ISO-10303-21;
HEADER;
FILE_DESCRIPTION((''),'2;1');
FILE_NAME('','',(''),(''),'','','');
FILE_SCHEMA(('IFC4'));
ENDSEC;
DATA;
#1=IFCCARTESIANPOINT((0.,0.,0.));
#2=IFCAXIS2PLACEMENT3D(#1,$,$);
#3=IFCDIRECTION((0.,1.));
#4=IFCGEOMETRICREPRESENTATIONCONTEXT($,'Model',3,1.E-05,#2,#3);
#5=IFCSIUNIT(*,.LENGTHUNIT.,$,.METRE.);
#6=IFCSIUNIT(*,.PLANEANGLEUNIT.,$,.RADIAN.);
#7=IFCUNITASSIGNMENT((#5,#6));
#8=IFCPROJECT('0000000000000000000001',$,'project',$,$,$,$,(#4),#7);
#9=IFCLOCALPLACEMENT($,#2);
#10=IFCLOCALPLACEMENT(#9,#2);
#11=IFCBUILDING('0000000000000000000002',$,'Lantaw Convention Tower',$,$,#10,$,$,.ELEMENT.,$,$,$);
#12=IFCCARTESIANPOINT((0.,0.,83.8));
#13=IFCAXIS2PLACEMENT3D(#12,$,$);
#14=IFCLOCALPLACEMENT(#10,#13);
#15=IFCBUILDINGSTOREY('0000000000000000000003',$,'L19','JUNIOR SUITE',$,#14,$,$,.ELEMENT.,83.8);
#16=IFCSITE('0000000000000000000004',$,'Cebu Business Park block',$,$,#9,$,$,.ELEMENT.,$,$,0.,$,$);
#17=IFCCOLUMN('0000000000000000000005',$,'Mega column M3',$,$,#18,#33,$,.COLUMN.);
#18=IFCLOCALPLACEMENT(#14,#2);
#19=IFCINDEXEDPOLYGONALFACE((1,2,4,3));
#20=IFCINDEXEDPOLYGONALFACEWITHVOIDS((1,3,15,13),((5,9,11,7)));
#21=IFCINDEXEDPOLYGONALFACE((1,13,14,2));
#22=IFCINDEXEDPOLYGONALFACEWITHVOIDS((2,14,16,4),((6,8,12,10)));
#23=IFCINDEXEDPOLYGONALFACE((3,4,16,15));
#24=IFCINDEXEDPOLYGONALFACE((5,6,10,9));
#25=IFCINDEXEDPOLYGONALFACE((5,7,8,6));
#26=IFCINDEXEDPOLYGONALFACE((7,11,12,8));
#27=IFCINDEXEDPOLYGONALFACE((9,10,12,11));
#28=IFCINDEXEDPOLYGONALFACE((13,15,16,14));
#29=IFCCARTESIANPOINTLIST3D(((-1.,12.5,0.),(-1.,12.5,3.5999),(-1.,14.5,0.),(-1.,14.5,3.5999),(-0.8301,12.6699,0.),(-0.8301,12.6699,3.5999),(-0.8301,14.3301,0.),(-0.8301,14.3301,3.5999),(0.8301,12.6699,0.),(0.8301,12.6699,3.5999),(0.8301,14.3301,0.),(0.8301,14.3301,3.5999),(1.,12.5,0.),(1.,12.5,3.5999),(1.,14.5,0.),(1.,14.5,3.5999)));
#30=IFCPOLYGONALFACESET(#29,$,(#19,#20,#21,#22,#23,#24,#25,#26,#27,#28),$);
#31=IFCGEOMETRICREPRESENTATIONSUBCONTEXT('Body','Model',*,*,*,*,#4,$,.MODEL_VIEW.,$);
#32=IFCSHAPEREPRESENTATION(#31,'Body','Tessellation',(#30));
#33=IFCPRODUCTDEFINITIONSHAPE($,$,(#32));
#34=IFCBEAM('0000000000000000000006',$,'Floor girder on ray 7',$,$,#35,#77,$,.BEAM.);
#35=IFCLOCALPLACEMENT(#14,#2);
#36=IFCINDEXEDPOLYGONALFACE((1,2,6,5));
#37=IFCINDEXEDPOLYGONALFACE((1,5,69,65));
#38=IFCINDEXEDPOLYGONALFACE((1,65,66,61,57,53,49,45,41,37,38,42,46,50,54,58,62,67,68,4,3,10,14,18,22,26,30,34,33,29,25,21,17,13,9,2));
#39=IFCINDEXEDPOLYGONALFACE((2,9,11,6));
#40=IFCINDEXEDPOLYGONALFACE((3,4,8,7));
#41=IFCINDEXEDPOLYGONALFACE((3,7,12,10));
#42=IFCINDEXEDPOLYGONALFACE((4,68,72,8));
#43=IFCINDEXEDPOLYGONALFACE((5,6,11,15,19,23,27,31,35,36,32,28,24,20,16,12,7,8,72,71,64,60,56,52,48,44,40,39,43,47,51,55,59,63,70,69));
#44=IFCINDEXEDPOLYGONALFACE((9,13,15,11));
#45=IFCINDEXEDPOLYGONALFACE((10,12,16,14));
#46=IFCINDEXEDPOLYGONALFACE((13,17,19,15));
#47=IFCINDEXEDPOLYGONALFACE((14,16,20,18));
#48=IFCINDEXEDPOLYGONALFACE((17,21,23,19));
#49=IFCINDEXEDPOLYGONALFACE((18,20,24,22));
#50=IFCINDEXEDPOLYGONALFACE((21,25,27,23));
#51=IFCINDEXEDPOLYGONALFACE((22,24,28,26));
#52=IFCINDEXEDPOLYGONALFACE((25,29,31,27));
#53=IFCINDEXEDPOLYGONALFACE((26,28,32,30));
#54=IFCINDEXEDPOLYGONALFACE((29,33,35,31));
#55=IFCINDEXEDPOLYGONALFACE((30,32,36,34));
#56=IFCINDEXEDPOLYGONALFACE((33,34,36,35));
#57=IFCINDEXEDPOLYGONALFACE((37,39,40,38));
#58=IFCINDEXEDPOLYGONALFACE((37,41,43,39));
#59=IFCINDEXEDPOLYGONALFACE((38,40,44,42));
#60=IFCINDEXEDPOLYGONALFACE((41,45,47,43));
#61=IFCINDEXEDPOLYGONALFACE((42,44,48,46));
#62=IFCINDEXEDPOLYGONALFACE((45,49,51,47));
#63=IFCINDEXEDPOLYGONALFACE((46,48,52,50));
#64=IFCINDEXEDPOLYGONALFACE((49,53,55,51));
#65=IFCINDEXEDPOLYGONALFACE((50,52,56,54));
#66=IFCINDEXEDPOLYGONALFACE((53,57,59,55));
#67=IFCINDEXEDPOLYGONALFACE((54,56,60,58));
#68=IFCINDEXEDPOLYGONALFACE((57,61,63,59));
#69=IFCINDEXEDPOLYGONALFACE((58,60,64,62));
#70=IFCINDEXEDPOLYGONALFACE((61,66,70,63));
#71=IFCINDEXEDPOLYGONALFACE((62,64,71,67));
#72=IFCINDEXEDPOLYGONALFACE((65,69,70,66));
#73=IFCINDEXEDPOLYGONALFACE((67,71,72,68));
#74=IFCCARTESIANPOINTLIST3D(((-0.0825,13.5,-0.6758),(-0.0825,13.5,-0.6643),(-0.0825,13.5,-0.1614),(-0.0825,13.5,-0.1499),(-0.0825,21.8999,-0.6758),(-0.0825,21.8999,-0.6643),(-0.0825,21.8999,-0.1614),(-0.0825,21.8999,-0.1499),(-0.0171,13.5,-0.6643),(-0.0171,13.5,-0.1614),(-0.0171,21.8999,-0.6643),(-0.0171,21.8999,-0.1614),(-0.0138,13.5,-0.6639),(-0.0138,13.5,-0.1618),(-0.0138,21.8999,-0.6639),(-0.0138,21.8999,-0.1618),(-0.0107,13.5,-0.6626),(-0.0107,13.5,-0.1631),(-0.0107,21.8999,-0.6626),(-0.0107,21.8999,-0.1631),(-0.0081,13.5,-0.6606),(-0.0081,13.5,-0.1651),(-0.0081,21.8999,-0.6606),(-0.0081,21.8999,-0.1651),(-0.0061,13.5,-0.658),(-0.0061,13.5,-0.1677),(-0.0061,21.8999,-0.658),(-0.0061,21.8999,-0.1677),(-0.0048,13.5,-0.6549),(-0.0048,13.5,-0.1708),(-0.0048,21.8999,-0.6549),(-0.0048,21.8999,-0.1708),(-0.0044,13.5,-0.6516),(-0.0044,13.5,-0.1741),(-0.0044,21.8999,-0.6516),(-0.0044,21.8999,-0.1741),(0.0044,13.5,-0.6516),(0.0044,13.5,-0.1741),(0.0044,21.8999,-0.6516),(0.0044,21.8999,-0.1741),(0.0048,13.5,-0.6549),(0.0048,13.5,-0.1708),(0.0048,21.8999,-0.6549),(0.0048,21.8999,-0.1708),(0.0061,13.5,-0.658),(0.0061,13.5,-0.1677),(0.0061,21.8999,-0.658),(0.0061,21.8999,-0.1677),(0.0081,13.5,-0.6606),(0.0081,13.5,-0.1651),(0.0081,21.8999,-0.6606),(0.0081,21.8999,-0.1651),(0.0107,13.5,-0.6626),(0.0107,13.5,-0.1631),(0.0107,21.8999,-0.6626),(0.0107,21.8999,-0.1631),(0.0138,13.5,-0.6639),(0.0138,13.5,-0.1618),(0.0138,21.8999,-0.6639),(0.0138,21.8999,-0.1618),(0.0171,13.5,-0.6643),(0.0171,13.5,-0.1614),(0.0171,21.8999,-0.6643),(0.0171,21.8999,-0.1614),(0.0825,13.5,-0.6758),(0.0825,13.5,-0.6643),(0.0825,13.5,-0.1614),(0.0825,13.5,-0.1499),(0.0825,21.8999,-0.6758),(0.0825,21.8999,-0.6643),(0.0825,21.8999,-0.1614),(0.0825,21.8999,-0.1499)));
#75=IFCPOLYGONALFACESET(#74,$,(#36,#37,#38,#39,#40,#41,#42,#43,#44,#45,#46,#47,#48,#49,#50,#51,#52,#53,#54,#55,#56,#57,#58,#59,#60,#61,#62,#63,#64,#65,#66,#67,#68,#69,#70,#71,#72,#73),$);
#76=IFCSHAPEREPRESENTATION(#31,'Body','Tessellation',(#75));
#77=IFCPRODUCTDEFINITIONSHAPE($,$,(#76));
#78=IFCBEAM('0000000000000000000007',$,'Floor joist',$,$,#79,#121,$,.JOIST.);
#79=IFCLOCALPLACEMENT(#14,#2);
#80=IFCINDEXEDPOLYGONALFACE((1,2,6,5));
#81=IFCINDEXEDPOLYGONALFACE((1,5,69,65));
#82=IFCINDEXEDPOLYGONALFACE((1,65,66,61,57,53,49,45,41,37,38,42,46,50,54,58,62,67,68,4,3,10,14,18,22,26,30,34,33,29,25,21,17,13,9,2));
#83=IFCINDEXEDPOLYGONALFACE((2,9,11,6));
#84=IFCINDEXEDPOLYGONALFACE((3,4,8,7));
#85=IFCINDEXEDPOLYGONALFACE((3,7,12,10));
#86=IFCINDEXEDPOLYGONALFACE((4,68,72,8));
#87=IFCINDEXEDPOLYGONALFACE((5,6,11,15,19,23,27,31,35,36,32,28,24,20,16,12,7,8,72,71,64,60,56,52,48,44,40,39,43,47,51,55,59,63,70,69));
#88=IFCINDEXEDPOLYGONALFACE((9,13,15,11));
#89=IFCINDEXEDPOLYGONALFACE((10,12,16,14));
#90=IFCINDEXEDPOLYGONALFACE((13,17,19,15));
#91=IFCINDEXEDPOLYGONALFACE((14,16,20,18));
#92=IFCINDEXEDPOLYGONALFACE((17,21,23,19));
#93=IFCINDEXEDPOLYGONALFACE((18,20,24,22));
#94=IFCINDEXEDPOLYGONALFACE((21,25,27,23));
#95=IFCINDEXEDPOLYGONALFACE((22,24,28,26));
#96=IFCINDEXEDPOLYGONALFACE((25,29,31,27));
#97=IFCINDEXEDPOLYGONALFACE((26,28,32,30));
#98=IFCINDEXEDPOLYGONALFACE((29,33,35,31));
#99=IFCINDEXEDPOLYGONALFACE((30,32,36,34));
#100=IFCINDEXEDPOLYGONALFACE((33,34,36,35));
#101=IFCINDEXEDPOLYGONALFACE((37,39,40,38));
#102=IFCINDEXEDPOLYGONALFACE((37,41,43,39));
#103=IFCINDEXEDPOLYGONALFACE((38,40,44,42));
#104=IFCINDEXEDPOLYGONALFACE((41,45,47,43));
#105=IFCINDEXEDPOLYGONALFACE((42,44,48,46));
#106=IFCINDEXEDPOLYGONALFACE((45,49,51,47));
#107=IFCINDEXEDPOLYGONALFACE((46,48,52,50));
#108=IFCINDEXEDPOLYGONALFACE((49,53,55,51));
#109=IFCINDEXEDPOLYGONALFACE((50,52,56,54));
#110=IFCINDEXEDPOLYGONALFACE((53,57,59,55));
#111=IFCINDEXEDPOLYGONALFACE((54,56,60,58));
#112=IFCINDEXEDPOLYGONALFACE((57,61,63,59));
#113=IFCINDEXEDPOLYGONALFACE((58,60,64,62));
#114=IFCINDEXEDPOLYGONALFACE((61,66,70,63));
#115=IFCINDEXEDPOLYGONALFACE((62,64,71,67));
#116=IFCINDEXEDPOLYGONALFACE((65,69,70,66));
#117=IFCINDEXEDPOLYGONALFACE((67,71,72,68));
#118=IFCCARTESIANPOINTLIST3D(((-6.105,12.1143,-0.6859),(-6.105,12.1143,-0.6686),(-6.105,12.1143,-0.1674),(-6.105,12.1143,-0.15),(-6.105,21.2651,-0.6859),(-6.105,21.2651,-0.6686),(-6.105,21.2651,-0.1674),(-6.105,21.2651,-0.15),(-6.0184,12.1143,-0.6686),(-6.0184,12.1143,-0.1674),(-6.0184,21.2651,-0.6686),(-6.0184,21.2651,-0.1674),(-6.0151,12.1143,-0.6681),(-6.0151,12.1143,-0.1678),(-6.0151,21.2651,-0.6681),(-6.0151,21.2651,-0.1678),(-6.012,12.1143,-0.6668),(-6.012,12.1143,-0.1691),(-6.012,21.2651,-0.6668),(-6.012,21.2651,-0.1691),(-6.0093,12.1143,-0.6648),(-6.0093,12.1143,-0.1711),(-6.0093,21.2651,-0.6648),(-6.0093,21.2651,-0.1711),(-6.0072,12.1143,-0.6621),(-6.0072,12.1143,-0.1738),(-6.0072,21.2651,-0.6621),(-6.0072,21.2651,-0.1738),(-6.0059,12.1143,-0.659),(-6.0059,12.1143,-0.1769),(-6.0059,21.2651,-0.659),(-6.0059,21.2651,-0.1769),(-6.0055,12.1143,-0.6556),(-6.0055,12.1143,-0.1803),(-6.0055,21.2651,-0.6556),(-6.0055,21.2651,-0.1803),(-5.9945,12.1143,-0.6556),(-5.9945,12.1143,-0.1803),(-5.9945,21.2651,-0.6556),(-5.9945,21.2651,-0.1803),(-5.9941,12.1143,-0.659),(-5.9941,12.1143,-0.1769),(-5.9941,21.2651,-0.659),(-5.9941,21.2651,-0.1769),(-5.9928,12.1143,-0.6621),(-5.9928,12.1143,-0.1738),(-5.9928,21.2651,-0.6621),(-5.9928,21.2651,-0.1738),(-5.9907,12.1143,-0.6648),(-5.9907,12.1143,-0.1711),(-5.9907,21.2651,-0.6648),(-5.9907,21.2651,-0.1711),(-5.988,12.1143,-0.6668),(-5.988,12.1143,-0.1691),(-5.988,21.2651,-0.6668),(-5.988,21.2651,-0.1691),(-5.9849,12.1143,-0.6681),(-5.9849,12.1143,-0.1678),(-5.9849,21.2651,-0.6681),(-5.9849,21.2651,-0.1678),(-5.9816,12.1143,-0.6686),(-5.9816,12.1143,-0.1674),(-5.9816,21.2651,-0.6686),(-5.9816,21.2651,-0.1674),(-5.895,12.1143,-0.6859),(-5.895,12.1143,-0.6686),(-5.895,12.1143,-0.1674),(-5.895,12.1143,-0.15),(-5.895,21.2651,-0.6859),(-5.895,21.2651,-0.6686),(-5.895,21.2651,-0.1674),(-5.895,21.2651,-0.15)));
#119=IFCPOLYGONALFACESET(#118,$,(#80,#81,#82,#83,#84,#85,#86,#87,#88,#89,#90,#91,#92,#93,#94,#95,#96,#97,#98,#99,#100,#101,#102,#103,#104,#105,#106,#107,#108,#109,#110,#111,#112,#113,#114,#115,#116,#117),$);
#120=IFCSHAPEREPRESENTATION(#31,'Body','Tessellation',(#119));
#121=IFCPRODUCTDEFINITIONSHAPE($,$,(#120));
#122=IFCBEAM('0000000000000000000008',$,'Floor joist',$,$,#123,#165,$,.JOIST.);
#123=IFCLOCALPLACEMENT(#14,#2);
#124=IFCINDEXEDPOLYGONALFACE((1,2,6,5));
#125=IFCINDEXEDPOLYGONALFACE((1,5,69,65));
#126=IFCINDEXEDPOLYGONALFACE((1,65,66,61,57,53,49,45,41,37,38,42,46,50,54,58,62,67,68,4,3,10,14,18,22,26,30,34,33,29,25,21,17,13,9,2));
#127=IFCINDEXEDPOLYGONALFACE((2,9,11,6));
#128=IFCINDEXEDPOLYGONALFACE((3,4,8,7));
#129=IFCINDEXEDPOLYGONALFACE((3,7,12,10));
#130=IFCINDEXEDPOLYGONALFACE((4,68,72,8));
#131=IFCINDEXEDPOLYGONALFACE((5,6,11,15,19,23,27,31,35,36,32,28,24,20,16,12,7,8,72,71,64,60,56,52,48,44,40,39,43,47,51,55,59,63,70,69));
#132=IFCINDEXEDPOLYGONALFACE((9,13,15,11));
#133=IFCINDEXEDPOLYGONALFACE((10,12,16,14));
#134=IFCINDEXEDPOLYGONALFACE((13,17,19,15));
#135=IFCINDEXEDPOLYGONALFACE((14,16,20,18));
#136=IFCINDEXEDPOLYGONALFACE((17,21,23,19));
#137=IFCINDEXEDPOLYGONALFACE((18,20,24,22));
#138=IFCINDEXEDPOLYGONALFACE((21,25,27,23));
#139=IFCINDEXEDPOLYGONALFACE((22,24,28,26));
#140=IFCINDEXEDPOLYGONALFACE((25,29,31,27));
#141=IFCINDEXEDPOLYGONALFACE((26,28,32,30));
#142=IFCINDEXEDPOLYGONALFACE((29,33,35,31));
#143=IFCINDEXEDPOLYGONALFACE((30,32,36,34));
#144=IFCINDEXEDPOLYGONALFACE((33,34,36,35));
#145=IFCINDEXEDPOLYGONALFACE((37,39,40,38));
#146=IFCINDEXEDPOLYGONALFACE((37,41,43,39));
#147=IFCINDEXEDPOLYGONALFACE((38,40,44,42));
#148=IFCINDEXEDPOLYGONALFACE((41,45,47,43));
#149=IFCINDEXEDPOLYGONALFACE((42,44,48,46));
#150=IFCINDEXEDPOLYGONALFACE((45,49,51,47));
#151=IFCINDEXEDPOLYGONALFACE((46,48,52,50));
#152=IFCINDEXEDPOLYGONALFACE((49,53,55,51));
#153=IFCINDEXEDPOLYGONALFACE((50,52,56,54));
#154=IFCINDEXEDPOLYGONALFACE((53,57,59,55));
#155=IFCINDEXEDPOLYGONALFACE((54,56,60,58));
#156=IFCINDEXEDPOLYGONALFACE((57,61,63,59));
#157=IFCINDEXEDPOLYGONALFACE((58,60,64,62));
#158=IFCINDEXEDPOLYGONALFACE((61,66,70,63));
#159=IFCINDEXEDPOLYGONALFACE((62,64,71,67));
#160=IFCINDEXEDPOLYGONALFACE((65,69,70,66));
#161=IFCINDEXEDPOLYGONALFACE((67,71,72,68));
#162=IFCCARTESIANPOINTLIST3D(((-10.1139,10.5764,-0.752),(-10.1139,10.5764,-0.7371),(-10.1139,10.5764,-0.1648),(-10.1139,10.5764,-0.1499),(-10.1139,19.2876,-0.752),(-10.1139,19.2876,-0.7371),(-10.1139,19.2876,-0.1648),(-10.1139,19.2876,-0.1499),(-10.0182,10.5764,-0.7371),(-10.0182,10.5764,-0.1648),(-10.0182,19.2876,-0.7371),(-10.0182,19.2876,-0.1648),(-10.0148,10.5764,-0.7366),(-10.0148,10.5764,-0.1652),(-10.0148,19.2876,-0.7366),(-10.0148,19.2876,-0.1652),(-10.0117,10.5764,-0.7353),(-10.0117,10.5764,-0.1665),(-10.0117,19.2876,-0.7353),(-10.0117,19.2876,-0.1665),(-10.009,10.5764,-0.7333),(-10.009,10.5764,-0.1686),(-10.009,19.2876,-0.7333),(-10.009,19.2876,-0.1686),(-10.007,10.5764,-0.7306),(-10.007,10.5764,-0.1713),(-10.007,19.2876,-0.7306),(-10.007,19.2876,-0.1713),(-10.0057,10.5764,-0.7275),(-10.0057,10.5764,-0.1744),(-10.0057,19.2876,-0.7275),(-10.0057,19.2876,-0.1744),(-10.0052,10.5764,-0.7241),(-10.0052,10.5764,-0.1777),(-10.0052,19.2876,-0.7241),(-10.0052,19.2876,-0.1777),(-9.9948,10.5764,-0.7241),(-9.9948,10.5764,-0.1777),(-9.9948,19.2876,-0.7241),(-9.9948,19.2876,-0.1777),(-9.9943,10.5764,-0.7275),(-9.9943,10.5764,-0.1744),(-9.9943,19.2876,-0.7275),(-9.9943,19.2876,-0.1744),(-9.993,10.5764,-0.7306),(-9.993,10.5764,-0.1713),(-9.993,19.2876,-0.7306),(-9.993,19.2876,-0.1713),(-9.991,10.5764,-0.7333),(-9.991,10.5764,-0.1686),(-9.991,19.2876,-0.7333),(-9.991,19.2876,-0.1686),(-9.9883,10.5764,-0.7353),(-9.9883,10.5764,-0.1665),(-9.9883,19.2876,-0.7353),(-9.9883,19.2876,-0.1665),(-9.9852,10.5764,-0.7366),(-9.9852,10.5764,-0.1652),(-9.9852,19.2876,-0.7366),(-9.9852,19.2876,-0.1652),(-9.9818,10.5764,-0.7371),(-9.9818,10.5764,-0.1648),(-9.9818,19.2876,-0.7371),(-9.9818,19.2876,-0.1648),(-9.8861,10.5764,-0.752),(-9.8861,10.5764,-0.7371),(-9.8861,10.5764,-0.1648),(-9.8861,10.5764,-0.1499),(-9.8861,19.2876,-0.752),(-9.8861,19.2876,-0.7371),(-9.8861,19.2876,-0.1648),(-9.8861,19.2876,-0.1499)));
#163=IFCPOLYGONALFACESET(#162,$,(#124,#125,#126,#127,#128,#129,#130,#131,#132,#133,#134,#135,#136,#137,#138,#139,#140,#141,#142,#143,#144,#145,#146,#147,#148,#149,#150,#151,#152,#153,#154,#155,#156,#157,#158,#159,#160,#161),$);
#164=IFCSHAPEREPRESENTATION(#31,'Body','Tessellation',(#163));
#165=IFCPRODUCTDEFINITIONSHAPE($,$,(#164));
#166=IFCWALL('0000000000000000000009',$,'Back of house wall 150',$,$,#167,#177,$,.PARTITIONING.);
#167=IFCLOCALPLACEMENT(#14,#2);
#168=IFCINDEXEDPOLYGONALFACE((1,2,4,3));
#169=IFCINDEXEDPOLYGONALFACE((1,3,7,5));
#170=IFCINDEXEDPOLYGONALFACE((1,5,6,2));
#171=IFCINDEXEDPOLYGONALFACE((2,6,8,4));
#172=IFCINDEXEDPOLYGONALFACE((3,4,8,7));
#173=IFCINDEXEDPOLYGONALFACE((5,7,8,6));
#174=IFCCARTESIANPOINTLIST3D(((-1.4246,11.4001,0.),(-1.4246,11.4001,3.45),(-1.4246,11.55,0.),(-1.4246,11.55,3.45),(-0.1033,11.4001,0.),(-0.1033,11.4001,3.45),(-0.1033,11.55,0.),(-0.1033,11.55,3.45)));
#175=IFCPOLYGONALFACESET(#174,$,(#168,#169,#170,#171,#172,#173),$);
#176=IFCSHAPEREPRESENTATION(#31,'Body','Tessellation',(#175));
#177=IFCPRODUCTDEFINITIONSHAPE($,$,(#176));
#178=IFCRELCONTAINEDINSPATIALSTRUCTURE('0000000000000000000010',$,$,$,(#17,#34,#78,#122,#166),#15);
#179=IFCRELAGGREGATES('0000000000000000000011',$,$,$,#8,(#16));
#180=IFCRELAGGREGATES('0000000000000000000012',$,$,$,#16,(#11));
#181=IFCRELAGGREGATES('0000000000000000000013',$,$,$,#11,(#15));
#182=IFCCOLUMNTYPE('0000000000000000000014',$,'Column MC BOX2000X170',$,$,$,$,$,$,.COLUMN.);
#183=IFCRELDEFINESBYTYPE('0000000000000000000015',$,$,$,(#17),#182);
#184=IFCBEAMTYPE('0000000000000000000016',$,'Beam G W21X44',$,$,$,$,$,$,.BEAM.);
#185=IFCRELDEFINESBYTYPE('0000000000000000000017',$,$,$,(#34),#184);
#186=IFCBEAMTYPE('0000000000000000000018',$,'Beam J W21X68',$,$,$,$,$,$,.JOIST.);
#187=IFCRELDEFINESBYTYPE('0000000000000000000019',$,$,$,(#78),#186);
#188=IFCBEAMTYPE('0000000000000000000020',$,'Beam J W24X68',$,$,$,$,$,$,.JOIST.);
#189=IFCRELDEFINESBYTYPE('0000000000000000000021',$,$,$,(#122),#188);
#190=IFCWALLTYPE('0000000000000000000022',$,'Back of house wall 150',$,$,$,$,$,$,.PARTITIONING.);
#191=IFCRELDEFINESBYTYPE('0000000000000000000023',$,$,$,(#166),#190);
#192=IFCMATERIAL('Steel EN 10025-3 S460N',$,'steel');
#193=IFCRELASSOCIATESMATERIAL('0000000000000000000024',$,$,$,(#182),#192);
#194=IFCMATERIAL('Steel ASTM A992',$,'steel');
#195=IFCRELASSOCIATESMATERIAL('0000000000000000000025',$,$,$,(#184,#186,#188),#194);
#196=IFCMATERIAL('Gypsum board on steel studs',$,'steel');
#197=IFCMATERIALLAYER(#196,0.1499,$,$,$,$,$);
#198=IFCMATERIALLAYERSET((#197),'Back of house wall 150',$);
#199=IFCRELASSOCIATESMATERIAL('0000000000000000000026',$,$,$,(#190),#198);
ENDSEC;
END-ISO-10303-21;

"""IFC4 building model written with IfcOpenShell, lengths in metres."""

from ifc_helpers import new_model, si_unit, direction, frame, frame_2d, origin, origin_2d, place, context, subcontext, project, spatial, rectangle, hollow_rectangle, i_section, extrude, material, layer, layer_set, material_profile, profile_set, type_object, element, save


model = new_model("IFC4")

# Units and contexts
model_context = context("Model", 3, precision=1e-05, world=origin(), true_north=direction((0.0, 1.0)))
body_context = subcontext(model_context, "Body", "Model", "MODEL_VIEW")
ifc_project = project(units=[si_unit("LENGTHUNIT", "METRE"), si_unit("PLANEANGLEUNIT", "RADIAN")], contexts=[model_context])

# Site, building, storey
site_placement = place(None, origin())
site = spatial("IfcSite", under=ifc_project, at=site_placement, Name="Cebu Business Park block", CompositionType="ELEMENT", RefElevation=0.0)
building_placement = place(site_placement, origin())
building = spatial("IfcBuilding", under=site, at=building_placement, Name="Lantaw Convention Tower", CompositionType="ELEMENT")
storey_placement = place(building_placement, frame((0.0, 0.0, 83.8)))
storey = spatial("IfcBuildingStorey", under=building, at=storey_placement, Name="L19", Description="JUNIOR SUITE", CompositionType="ELEMENT", Elevation=83.8)

# Column
ifc_material_1 = material(Name="Steel EN 10025-3 S460N", Category="steel")
ifc_material_profile_1 = material_profile(ifc_material_1, hollow_rectangle(XDim=2.0, YDim=2.0, WallThickness=0.1699, at=origin_2d()), Name="BOX2000X170")
ifc_material_2 = material(Name="Concrete C60/75", Category="concrete")
ifc_material_profile_2 = material_profile(ifc_material_2, rectangle(XDim=1.6599, YDim=1.6599, at=origin_2d()), Name="Concrete fill of BOX2000X170")
ifc_profile_set_1 = profile_set([ifc_material_profile_1, ifc_material_profile_2], Name="Steel EN 10025-3 S460N")
column_type = type_object("IfcColumnType", Name="Column MC BOX2000X170", PredefinedType="COLUMN", material=ifc_profile_set_1)
column_placement = place(storey_placement, frame((0.0, 13.5, 0.0), z_axis=(0.0, 0.0, 1.0), x_axis=(1.0, 0.0, 0.0)))
element("IfcColumn", 1, at=column_placement, inside=storey, type_object=column_type, Name="Mega column M3", PredefinedType="COLUMN", context=body_context, shape_type="SweptSolid", body=[
    extrude(hollow_rectangle(XDim=2.0, YDim=2.0, WallThickness=0.1699, at=origin_2d()), origin(), (0.0, 0.0, 1.0), 3.5999),
])

# Beams
ifc_material_3 = material(Name="Steel ASTM A992", Category="steel")
ifc_material_profile_3 = material_profile(ifc_material_3, i_section(OverallWidth=0.165, OverallDepth=0.5259, WebThickness=0.0088, FlangeThickness=0.0115, FilletRadius=0.0127, at=origin_2d()), Name="W21X44")
ifc_profile_set_2 = profile_set([ifc_material_profile_3], Name="Steel ASTM A992")
beam_type_1 = type_object("IfcBeamType", Name="Beam G W21X44", PredefinedType="BEAM", material=ifc_profile_set_2)
beam_1_placement = place(storey_placement, frame((0.0, 13.5, -0.4128), z_axis=(0.0, 1.0, 0.0), x_axis=(-1.0, 0.0, 0.0)))
element("IfcBeam", 2, at=beam_1_placement, inside=storey, type_object=beam_type_1, Name="Floor girder on ray 7", PredefinedType="BEAM", context=body_context, shape_type="SweptSolid", body=[
    extrude(i_section(OverallWidth=0.165, OverallDepth=0.5259, WebThickness=0.0088, FlangeThickness=0.0115, FilletRadius=0.0127, at=origin_2d()), origin(), (0.0, 0.0, 1.0), 8.3999),
])
ifc_material_profile_4 = material_profile(ifc_material_3, i_section(OverallWidth=0.21, OverallDepth=0.5359, WebThickness=0.011, FlangeThickness=0.0173, FilletRadius=0.0129, at=origin_2d()), Name="W21X68")
ifc_profile_set_3 = profile_set([ifc_material_profile_4], Name="Steel ASTM A992")
beam_type_2 = type_object("IfcBeamType", Name="Beam J W21X68", PredefinedType="JOIST", material=ifc_profile_set_3)
beam_2_placement = place(storey_placement, frame((-6.0, 12.1143, -0.418), z_axis=(0.0, 1.0, 0.0), x_axis=(-1.0, 0.0, 0.0)))
element("IfcBeam", 3, at=beam_2_placement, inside=storey, type_object=beam_type_2, Name="Floor joist", PredefinedType="JOIST", context=body_context, shape_type="SweptSolid", body=[
    extrude(i_section(OverallWidth=0.21, OverallDepth=0.5359, WebThickness=0.011, FlangeThickness=0.0173, FilletRadius=0.0129, at=origin_2d()), origin(), (0.0, 0.0, 1.0), 9.1509),
])
ifc_material_profile_5 = material_profile(ifc_material_3, i_section(OverallWidth=0.2278, OverallDepth=0.6021, WebThickness=0.0105, FlangeThickness=0.0149, FilletRadius=0.0129, at=origin_2d()), Name="W24X68")
ifc_profile_set_4 = profile_set([ifc_material_profile_5], Name="Steel ASTM A992")
beam_type_3 = type_object("IfcBeamType", Name="Beam J W24X68", PredefinedType="JOIST", material=ifc_profile_set_4)
beam_3_placement = place(storey_placement, frame((-10.0, 10.5764, -0.4509), z_axis=(0.0, 1.0, 0.0), x_axis=(-1.0, 0.0, 0.0)))
element("IfcBeam", 4, at=beam_3_placement, inside=storey, type_object=beam_type_3, Name="Floor joist", PredefinedType="JOIST", context=body_context, shape_type="SweptSolid", body=[
    extrude(i_section(OverallWidth=0.2278, OverallDepth=0.6021, WebThickness=0.0105, FlangeThickness=0.0149, FilletRadius=0.0129, at=origin_2d()), origin(), (0.0, 0.0, 1.0), 8.7112),
])

# Wall
ifc_material_4 = material(Name="Gypsum board on steel studs", Category="steel")
ifc_layer_1 = layer(ifc_material_4, 0.1499)
ifc_layer_set_1 = layer_set([ifc_layer_1], Name="Back of house wall 150")
wall_type_1 = type_object("IfcWallType", Name="Back of house wall 150", PredefinedType="PARTITIONING", material=ifc_layer_set_1)
wall_1_placement = place(storey_placement, frame((-0.1033, 11.4751, 0.0), z_axis=(0.0, 0.0, 1.0), x_axis=(-1.0, 0.0, 0.0)))
element("IfcWall", 5, at=wall_1_placement, inside=storey, type_object=wall_type_1, Name="Back of house wall 150", PredefinedType="PARTITIONING", context=body_context, shape_type="SweptSolid", body=[
    extrude(rectangle(XDim=1.3213, YDim=0.1499, at=frame_2d((0.6606, 0.0))), origin(), (0.0, 0.0, 1.0), 3.45),
])

save(model, "model.ifc")
